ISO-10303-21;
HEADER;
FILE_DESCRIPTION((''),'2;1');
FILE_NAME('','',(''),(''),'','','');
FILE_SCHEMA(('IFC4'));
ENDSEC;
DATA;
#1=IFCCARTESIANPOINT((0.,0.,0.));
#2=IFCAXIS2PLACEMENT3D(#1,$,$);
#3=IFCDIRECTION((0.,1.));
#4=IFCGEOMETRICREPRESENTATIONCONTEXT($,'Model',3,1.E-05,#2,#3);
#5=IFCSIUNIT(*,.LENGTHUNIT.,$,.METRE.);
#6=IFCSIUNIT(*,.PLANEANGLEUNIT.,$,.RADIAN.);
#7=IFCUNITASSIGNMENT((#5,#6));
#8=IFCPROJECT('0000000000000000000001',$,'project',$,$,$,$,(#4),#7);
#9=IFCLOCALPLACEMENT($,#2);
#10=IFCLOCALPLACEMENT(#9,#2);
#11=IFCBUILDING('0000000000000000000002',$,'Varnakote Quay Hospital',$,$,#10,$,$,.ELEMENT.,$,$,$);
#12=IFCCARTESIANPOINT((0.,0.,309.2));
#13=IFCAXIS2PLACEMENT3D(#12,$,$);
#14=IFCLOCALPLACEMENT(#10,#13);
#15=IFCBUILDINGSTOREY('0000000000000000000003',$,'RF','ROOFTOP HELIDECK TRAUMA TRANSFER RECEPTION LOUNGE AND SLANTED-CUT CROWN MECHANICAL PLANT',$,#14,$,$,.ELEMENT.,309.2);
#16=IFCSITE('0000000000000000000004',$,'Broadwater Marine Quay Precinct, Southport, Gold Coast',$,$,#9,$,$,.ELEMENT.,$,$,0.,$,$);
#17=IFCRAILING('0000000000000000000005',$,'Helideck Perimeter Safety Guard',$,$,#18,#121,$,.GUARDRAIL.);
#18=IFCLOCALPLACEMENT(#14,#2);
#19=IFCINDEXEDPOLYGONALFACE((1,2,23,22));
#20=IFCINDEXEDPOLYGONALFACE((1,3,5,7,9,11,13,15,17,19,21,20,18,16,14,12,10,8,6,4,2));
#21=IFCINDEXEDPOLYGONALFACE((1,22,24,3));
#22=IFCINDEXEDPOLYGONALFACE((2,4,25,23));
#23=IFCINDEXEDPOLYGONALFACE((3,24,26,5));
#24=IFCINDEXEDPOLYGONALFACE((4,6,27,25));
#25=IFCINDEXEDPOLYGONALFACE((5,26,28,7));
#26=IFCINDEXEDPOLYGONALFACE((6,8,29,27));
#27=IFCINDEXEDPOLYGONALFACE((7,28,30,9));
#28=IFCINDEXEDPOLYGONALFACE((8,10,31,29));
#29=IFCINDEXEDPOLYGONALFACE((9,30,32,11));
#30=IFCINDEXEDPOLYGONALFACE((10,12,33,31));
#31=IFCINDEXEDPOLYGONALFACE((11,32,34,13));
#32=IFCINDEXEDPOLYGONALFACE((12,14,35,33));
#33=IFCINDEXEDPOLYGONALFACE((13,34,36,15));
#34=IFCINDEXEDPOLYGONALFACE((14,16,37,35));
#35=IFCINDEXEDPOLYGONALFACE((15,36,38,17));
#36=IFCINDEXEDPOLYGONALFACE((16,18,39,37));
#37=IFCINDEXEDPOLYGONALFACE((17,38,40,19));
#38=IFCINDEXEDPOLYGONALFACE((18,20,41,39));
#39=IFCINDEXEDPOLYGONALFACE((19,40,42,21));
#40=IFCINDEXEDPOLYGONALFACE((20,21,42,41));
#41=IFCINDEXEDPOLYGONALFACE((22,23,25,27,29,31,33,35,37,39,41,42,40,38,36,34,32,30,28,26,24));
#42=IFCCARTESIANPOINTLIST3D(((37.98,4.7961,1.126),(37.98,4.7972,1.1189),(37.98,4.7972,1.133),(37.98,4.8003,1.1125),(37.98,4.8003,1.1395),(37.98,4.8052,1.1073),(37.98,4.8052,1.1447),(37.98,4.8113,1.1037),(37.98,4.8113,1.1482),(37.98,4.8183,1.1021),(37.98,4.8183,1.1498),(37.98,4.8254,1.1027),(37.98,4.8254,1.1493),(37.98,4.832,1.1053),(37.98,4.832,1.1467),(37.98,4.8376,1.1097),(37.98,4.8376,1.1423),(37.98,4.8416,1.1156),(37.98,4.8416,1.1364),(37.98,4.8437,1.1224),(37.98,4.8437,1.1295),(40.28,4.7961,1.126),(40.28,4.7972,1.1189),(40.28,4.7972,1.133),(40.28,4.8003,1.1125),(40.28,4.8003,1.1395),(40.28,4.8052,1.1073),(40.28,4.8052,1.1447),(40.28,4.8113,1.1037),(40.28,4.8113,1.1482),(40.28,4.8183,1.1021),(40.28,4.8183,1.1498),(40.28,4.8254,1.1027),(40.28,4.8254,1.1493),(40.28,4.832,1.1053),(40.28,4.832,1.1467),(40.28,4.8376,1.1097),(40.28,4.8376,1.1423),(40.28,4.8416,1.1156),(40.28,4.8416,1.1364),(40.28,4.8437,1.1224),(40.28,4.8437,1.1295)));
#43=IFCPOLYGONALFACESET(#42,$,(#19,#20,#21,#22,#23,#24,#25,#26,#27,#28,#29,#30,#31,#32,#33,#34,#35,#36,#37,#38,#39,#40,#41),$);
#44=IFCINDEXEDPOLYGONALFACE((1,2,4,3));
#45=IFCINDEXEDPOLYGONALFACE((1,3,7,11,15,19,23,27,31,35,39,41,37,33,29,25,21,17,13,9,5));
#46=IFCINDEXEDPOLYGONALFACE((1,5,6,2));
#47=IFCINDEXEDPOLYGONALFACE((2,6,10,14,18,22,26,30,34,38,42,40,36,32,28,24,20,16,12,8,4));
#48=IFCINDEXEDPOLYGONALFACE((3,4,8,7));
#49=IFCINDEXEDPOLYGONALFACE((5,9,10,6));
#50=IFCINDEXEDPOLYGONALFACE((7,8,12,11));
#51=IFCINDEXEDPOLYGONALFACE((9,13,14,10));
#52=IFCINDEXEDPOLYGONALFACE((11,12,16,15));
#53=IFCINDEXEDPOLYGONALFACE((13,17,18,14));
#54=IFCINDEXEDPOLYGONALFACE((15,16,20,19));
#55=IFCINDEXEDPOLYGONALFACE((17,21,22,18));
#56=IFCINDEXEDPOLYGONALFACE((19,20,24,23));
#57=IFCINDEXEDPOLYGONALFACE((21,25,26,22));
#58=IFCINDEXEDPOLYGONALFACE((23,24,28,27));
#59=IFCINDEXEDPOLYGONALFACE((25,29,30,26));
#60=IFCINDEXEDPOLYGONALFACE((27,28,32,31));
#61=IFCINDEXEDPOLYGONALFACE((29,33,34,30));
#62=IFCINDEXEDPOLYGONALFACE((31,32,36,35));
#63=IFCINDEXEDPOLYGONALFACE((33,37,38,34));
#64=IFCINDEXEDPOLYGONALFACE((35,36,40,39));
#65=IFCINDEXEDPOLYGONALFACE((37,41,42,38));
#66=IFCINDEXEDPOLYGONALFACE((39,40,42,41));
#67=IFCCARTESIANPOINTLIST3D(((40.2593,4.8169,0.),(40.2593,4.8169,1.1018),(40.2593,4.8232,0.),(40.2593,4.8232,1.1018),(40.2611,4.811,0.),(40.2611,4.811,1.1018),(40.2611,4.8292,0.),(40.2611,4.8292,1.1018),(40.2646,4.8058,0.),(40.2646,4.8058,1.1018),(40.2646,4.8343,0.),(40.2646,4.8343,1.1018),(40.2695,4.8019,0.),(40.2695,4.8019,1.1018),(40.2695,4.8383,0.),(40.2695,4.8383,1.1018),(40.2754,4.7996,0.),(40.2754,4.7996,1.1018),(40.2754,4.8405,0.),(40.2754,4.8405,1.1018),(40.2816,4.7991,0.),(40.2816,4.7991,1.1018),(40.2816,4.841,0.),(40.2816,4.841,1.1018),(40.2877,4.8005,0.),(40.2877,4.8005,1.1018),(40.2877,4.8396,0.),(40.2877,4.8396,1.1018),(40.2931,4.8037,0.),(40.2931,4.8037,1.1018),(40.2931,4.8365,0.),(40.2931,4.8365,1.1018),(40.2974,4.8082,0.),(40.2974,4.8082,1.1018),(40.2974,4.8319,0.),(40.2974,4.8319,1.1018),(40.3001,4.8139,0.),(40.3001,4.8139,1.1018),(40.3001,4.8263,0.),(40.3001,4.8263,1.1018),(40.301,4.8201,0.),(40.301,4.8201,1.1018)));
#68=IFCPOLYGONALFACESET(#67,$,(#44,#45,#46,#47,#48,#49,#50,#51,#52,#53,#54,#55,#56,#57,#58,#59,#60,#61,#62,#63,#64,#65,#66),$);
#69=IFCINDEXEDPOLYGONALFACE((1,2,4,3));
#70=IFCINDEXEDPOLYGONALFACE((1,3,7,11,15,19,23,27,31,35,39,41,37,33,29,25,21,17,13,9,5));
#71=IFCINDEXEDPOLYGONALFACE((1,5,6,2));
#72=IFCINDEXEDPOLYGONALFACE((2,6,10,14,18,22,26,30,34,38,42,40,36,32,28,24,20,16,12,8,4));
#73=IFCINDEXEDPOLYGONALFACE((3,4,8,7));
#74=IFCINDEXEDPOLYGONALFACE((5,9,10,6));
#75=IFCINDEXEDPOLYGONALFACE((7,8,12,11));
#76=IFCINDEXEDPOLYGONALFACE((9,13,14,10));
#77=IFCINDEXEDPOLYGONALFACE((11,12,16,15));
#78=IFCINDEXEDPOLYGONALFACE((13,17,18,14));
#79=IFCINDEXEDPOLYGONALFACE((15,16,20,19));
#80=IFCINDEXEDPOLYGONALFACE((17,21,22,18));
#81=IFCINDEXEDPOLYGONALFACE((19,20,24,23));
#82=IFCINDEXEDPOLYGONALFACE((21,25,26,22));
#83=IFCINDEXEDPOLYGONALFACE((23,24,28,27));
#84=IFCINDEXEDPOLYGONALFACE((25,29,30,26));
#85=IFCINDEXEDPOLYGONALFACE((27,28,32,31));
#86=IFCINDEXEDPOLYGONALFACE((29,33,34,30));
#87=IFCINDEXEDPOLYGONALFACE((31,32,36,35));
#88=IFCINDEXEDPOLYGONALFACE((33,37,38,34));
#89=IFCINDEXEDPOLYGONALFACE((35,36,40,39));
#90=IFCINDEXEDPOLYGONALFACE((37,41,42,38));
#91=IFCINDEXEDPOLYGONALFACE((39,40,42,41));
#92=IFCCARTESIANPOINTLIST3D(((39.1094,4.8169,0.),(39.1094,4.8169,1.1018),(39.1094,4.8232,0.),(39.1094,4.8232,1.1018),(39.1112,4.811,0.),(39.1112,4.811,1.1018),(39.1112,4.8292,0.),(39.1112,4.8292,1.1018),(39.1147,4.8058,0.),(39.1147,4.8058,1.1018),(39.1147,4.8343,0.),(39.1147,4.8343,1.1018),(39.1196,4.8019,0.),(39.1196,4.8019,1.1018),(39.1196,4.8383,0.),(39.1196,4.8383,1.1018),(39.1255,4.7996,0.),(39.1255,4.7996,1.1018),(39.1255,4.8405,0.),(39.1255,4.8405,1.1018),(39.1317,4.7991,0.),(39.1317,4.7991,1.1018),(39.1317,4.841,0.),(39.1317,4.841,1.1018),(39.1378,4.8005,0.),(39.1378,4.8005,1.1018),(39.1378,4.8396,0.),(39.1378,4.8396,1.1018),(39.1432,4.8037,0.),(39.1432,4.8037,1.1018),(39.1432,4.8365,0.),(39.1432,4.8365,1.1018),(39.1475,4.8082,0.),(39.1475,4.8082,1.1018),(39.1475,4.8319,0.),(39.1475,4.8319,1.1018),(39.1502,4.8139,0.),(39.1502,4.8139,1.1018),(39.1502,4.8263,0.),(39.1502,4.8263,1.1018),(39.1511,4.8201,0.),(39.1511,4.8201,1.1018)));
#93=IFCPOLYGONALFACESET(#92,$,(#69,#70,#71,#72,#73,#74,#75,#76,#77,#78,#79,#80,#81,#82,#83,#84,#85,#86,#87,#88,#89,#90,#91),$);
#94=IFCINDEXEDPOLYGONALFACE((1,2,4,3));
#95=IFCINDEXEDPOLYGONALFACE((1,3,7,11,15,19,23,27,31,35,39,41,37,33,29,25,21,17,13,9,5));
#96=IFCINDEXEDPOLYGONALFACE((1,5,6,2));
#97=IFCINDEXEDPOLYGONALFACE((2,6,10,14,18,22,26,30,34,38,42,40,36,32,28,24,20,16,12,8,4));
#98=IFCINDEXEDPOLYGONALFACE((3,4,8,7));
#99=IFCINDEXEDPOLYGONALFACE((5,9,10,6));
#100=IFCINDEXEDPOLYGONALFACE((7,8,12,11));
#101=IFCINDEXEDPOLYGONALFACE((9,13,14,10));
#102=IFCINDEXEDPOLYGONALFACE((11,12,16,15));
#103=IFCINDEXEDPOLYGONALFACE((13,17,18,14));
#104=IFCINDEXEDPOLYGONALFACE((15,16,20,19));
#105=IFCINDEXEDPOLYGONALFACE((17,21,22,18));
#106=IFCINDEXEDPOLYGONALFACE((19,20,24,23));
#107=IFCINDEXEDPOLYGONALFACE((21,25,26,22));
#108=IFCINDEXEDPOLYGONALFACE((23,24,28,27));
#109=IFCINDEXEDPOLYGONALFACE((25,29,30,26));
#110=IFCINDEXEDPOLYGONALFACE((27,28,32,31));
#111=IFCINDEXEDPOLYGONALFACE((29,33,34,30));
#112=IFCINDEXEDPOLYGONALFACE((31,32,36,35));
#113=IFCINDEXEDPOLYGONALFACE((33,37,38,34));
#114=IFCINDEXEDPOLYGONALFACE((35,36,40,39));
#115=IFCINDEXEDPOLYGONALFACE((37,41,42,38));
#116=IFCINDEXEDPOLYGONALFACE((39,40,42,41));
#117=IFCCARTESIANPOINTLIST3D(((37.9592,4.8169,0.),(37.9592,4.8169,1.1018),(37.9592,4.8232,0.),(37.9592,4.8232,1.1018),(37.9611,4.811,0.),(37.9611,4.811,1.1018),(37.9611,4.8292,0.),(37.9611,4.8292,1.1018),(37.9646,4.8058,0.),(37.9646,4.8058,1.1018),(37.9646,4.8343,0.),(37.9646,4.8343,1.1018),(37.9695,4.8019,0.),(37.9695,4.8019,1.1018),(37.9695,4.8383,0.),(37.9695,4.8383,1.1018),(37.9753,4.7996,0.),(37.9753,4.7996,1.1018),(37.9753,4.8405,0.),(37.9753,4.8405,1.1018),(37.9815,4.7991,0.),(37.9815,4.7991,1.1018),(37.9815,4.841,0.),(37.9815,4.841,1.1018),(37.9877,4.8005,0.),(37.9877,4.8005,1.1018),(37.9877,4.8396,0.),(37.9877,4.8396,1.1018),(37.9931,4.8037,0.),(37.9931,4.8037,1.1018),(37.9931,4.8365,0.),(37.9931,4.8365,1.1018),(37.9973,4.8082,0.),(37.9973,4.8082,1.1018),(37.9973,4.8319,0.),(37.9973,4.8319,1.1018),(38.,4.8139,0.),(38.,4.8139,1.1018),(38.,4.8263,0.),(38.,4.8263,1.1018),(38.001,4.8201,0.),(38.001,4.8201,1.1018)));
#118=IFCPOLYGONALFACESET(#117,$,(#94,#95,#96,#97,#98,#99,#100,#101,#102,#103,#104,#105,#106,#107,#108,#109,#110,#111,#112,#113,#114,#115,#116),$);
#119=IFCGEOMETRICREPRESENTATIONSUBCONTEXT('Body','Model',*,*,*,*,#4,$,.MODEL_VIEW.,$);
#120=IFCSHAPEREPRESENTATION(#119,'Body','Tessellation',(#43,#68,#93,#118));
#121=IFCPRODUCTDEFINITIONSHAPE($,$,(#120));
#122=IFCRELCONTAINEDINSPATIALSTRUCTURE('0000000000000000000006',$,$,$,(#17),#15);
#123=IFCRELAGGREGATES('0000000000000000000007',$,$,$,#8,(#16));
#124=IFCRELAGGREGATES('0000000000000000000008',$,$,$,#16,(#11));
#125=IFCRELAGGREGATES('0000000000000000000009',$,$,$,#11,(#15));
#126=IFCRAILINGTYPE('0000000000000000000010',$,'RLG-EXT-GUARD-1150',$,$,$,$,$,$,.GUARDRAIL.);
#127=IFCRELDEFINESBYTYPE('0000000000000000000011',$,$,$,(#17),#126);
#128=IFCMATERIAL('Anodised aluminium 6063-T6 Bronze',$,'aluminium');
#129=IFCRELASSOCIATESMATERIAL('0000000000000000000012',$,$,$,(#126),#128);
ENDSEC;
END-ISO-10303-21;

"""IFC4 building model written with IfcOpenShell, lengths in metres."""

from ifc_helpers import new_model, si_unit, direction, frame, origin, origin_2d, place, context, subcontext, project, spatial, circle, extrude, material, type_object, element, save


model = new_model("IFC4")

# Units and contexts
model_context = context("Model", 3, precision=1e-05, world=origin(), true_north=direction((0.0, 1.0)))
body_context = subcontext(model_context, "Body", "Model", "MODEL_VIEW")
ifc_project = project(units=[si_unit("LENGTHUNIT", "METRE"), si_unit("PLANEANGLEUNIT", "RADIAN")], contexts=[model_context])

# Site, building, storey
site_placement = place(None, origin())
site = spatial("IfcSite", under=ifc_project, at=site_placement, Name="Broadwater Marine Quay Precinct, Southport, Gold Coast", CompositionType="ELEMENT", RefElevation=0.0)
building_placement = place(site_placement, origin())
building = spatial("IfcBuilding", under=site, at=building_placement, Name="Varnakote Quay Hospital", CompositionType="ELEMENT")
storey_placement = place(building_placement, frame((0.0, 0.0, 309.2)))
storey = spatial("IfcBuildingStorey", under=building, at=storey_placement, Name="RF", Description="ROOFTOP HELIDECK TRAUMA TRANSFER RECEPTION LOUNGE AND SLANTED-CUT CROWN MECHANICAL PLANT", CompositionType="ELEMENT", Elevation=309.2)

# Railing
ifc_material_1 = material(Name="Anodised aluminium 6063-T6 Bronze", Category="aluminium")
railing_type_1 = type_object("IfcRailingType", Name="RLG-EXT-GUARD-1150", PredefinedType="GUARDRAIL", material=ifc_material_1)
railing_1_placement = place(storey_placement, frame((40.28, 4.8201, 0.0)))
element("IfcRailing", 1, at=railing_1_placement, inside=storey, type_object=railing_type_1, Name="Helideck Perimeter Safety Guard", PredefinedType="GUARDRAIL", context=body_context, shape_type="SweptSolid", body=[
    extrude(circle(Radius=0.0239, at=origin_2d()), frame((0.0, 0.0, 1.126), z_axis=(-1.0, 0.0, 0.0), x_axis=(0.0, -1.0, 0.0)), (0.0, 0.0, 1.0), 2.3),
    extrude(circle(Radius=0.021, at=origin_2d()), origin(), (0.0, 0.0, 1.0), 1.1018),
    extrude(circle(Radius=0.021, at=origin_2d()), frame((-1.1499, 0.0, 0.0)), (0.0, 0.0, 1.0), 1.1018),
    extrude(circle(Radius=0.021, at=origin_2d()), frame((-2.3, 0.0, 0.0)), (0.0, 0.0, 1.0), 1.1018),
])

save(model, "model.ifc")
